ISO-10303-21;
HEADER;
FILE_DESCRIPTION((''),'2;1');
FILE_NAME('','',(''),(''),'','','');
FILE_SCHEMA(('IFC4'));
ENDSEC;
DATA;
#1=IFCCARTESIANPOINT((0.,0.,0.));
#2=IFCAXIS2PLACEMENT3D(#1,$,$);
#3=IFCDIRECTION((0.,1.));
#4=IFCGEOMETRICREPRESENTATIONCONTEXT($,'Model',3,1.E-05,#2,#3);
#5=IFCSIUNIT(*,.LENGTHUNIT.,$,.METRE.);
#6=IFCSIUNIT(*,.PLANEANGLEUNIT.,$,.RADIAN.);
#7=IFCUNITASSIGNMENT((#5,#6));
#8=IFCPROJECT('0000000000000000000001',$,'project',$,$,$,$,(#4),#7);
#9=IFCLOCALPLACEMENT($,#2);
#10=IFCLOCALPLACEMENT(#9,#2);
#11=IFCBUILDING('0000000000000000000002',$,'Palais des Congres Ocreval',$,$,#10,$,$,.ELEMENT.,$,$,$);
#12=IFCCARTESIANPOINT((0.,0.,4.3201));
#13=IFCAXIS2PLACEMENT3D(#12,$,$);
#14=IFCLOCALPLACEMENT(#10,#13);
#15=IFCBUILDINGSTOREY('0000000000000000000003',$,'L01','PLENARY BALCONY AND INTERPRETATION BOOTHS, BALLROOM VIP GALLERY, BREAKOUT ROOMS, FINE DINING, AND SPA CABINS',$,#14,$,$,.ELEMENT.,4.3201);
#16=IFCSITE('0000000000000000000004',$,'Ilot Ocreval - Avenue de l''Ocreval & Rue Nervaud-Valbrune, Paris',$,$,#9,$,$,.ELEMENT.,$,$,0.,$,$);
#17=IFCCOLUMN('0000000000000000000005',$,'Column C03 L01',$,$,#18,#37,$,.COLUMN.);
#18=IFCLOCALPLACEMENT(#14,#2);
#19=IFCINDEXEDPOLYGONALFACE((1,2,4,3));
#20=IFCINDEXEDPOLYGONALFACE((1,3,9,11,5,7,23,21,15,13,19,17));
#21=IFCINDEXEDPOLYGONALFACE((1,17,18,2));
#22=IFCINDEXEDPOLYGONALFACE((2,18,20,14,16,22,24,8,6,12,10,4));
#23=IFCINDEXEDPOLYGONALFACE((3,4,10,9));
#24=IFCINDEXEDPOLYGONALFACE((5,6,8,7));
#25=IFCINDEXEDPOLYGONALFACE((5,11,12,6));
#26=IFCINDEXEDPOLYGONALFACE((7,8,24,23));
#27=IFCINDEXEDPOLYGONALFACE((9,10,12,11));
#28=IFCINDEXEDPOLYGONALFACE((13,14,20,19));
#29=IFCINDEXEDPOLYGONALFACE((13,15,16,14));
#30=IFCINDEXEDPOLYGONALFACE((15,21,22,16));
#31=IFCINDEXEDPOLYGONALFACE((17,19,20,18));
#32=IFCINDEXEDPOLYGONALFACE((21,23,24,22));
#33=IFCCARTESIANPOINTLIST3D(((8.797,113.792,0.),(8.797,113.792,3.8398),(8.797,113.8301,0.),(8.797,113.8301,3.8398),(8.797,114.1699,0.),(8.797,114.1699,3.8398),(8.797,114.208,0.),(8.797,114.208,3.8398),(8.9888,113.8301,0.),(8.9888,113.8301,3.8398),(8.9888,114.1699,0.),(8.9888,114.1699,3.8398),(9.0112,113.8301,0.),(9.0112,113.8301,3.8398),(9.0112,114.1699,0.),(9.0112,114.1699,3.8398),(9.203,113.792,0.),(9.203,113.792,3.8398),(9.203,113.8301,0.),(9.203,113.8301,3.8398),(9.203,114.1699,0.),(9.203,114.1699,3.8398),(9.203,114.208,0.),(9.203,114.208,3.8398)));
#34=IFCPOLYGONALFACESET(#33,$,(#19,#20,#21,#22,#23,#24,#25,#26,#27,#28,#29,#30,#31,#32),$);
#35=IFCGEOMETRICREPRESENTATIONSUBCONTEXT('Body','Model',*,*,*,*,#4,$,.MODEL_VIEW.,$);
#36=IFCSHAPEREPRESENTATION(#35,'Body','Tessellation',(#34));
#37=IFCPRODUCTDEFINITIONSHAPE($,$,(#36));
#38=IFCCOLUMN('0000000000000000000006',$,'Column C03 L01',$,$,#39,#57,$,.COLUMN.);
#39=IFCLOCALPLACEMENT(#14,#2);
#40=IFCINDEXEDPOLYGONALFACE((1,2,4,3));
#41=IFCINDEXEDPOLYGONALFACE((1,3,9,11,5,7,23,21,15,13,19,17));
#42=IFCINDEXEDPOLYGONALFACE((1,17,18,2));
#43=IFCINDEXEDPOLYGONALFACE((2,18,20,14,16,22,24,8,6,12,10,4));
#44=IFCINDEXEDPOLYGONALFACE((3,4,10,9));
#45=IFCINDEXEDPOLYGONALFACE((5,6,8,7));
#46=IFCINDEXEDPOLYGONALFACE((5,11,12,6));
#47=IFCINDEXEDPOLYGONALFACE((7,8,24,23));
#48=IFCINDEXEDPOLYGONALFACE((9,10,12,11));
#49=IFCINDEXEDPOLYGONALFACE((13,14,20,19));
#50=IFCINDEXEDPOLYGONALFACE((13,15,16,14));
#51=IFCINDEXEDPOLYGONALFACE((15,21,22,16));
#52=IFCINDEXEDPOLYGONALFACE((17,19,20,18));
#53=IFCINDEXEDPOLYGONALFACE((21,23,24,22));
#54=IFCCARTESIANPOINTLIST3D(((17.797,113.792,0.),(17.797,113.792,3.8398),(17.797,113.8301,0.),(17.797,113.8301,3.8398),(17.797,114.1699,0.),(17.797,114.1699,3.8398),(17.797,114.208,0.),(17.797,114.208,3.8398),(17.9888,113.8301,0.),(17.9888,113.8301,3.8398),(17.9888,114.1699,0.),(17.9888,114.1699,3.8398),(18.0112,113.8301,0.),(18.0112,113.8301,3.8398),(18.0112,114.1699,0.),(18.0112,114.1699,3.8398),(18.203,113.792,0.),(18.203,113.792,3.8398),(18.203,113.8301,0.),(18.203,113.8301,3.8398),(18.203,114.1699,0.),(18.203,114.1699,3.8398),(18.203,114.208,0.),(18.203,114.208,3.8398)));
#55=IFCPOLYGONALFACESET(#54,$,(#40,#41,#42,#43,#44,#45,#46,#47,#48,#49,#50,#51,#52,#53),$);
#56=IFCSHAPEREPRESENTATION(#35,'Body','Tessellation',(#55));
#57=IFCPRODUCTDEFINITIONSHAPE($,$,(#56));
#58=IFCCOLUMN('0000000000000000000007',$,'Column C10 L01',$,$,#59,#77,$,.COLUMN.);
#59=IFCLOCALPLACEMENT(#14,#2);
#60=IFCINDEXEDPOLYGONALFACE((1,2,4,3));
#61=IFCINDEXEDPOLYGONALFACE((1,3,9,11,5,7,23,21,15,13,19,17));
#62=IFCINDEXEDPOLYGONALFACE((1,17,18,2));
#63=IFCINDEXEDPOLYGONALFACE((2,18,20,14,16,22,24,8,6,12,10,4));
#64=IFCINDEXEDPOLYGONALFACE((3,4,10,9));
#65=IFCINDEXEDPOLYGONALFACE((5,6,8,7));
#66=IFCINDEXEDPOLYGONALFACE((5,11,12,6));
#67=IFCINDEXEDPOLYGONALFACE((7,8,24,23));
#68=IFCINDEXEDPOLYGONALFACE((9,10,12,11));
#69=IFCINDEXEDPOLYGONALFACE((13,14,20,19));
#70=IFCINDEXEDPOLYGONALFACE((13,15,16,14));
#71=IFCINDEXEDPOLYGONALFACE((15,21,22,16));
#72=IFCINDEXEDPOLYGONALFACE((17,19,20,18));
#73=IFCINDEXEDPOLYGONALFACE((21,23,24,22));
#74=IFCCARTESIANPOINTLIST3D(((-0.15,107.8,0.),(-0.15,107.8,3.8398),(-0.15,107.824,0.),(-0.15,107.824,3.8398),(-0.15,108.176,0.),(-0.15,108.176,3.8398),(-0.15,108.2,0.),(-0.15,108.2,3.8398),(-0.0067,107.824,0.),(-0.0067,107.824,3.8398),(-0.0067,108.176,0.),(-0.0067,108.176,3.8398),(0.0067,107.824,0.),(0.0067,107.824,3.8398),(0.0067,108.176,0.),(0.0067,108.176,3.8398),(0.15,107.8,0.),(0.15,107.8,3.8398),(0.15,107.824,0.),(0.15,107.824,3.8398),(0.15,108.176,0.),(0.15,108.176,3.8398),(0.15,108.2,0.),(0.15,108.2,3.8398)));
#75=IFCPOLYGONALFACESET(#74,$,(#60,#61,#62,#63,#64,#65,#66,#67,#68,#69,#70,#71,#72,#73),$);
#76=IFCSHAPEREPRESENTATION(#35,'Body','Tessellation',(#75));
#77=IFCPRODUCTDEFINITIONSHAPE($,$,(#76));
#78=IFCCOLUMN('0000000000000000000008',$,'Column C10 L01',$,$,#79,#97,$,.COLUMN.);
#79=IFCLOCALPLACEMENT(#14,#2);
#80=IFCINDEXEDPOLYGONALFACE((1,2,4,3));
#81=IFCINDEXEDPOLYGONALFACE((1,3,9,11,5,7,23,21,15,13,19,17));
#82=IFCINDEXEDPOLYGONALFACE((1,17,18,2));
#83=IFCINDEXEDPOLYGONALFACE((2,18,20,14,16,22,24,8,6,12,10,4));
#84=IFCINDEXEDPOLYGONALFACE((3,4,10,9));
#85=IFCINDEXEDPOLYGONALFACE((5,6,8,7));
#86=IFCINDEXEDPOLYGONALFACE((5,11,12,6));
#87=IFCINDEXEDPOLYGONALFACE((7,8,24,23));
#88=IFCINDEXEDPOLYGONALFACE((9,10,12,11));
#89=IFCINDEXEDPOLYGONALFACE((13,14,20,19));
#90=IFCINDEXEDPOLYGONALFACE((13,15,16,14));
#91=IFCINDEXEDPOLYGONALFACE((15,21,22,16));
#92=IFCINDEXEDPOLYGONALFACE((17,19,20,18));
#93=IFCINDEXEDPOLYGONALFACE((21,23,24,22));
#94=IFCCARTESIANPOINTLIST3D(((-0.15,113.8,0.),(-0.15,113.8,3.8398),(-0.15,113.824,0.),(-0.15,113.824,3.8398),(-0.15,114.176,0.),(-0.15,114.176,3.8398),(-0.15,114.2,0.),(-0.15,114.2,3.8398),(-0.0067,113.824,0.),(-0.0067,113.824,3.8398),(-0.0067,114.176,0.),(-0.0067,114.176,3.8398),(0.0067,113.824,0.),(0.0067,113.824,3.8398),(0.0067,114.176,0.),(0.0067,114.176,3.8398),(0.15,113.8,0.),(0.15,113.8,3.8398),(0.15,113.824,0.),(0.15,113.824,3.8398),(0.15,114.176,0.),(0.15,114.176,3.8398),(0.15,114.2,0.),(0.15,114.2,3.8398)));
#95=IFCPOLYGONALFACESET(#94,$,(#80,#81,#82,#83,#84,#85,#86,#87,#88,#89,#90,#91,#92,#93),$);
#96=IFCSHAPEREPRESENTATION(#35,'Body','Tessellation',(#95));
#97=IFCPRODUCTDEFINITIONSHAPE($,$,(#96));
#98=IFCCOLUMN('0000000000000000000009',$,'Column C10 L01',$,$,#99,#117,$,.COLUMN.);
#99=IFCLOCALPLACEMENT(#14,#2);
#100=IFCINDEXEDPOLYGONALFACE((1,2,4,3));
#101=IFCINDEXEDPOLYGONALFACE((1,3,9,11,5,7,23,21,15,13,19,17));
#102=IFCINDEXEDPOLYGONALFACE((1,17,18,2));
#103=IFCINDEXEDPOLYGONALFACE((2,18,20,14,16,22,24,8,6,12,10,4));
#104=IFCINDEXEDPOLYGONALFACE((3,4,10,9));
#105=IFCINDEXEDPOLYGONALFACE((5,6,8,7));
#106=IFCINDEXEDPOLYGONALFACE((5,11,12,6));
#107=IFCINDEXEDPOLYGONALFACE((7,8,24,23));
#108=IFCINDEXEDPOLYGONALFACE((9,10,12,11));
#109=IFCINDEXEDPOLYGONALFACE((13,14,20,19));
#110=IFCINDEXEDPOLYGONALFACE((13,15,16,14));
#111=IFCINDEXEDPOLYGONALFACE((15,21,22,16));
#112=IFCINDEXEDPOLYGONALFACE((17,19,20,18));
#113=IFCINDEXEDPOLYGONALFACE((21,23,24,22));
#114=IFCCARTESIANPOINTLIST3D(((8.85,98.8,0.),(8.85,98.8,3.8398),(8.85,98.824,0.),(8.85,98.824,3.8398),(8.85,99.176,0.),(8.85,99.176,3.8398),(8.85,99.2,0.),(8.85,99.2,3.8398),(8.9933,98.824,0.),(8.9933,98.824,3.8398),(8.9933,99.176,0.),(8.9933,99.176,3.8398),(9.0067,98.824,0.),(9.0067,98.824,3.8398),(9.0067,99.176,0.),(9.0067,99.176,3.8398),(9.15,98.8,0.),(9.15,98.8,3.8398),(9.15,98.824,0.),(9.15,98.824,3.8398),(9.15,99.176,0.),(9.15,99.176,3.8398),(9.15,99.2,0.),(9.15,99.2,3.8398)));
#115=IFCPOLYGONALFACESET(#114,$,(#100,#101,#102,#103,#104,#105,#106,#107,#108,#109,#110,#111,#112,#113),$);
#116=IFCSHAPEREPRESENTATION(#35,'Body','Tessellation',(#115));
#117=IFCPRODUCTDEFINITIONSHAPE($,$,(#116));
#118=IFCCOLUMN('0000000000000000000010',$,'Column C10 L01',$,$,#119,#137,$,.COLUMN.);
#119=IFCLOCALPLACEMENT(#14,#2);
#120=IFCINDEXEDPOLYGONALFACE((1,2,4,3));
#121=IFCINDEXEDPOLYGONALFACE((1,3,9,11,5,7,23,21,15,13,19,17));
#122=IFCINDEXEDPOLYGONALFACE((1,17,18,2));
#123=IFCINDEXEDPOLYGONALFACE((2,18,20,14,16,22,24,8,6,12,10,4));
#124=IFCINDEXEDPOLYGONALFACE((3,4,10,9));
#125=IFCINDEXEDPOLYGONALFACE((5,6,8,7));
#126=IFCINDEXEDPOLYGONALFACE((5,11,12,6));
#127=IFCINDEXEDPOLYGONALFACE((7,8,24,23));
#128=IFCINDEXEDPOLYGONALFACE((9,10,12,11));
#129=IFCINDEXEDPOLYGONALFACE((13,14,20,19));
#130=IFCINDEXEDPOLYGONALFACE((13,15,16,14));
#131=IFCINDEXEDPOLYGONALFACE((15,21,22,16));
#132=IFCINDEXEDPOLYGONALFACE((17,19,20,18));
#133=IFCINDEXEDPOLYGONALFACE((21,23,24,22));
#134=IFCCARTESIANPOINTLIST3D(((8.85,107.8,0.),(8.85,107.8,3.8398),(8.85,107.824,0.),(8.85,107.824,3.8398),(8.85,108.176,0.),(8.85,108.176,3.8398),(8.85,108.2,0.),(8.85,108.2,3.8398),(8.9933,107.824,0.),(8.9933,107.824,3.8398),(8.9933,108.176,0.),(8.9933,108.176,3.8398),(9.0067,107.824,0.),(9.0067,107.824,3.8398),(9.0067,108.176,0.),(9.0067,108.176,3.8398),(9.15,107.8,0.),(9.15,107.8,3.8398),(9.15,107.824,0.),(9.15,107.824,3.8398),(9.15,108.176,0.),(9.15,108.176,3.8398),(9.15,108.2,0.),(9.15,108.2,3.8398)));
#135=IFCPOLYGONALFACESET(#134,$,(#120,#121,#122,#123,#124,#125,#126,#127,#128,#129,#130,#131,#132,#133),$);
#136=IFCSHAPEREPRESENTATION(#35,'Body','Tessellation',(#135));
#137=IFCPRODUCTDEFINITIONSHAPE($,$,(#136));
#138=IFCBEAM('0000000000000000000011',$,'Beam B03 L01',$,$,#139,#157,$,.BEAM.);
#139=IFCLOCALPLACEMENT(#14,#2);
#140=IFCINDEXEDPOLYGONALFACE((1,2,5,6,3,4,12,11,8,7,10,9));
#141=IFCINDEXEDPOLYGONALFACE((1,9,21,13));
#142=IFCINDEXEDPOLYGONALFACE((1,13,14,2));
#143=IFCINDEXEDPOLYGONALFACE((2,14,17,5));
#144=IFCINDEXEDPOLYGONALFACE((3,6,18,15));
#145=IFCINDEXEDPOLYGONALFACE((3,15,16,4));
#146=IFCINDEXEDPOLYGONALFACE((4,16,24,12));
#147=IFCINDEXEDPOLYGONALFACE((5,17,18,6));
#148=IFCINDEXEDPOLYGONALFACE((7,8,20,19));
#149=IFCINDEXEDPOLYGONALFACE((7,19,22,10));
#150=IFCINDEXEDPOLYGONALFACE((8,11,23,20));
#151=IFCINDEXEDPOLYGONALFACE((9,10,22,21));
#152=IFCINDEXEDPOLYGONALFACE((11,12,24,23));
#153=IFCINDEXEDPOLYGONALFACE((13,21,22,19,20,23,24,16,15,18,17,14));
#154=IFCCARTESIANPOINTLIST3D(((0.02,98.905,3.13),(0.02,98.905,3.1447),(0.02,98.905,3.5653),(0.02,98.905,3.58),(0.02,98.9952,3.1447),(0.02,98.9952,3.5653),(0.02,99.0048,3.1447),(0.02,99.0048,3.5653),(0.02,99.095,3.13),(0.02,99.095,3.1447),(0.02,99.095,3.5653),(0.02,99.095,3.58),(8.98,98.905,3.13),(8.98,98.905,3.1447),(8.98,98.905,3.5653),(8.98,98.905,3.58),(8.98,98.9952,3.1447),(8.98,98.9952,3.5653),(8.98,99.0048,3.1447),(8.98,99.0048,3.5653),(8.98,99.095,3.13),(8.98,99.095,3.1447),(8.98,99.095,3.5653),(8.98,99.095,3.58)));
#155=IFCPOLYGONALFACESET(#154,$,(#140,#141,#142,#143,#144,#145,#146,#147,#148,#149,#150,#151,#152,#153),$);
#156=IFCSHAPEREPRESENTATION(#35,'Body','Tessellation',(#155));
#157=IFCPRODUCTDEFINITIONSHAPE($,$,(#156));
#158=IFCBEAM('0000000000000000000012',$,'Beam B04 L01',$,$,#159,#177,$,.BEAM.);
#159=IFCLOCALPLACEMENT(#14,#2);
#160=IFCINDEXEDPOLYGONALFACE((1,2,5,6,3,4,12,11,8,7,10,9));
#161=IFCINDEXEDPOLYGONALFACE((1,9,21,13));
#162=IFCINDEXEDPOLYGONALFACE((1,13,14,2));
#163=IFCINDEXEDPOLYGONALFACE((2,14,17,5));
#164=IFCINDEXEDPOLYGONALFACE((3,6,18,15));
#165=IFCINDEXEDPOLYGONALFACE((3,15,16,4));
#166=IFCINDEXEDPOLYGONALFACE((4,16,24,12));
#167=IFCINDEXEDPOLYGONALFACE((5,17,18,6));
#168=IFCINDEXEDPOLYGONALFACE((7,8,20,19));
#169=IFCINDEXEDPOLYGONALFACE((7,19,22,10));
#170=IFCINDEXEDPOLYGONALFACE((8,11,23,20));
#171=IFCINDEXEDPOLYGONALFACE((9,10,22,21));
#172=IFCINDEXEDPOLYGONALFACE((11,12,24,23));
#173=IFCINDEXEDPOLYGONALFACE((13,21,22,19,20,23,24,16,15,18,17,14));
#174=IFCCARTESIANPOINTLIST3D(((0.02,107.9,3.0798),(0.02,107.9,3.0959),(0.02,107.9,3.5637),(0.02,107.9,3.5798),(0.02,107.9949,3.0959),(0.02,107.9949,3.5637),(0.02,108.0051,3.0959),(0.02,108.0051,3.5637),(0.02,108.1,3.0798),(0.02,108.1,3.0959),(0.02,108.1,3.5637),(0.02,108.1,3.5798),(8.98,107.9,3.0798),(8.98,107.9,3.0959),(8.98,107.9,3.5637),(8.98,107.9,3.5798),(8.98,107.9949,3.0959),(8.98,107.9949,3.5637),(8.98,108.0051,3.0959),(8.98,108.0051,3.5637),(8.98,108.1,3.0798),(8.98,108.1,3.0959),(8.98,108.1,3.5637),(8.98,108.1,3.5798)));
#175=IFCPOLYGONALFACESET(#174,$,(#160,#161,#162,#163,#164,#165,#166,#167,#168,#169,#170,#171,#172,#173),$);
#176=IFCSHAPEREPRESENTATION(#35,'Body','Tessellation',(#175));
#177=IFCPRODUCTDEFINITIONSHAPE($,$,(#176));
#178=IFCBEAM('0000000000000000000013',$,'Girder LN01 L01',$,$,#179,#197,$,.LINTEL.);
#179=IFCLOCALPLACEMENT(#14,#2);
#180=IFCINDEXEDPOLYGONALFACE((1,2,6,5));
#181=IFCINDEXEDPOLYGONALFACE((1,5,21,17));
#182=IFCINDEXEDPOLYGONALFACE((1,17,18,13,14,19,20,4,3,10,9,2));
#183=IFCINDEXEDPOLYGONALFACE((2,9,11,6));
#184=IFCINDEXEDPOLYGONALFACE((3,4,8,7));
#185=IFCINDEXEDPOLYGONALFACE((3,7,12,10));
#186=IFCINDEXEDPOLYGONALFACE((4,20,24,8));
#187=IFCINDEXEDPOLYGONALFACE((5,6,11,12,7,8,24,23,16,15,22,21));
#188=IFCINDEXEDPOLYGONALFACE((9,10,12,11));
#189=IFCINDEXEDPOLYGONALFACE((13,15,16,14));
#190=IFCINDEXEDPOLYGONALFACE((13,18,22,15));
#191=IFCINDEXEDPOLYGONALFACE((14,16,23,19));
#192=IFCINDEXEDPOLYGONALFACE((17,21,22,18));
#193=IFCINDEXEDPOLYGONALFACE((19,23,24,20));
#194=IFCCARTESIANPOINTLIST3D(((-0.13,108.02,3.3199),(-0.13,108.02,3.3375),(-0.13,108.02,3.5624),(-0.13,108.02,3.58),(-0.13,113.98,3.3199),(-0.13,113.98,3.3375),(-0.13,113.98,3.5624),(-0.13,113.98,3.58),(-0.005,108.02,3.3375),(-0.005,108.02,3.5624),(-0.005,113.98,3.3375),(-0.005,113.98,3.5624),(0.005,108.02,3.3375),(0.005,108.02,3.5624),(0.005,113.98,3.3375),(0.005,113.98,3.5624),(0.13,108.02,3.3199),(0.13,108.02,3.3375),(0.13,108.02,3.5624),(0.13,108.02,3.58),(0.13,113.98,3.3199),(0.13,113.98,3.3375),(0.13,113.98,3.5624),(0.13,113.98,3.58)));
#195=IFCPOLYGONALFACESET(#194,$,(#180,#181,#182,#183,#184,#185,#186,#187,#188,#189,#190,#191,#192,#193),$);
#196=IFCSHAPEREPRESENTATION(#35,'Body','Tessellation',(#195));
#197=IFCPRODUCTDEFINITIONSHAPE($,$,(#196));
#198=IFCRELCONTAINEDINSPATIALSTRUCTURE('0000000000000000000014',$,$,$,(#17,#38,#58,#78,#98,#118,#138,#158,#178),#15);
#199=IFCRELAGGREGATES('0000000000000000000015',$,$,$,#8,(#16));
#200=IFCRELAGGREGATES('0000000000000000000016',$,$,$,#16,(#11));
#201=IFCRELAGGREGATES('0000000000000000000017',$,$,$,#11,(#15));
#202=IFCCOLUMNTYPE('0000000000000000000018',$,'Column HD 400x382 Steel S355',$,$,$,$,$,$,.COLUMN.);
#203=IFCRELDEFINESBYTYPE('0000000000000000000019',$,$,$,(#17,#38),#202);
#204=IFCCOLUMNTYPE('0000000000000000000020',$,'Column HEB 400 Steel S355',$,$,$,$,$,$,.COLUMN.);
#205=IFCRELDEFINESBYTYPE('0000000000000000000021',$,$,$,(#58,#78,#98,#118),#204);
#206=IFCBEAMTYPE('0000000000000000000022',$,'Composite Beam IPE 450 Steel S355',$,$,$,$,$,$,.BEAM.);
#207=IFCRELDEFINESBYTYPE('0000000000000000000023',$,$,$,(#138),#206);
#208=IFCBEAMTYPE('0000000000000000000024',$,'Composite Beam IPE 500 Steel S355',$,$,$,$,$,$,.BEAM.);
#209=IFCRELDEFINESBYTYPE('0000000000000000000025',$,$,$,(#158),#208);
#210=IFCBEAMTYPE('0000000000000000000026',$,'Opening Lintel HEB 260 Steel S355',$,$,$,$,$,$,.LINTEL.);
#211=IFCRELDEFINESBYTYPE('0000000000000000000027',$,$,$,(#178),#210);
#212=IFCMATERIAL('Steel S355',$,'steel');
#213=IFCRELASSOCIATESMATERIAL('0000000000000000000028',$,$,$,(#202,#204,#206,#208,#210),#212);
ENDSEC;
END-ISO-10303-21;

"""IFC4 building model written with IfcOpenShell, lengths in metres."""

from ifc_helpers import new_model, si_unit, direction, frame, origin, origin_2d, place, context, subcontext, project, spatial, i_section, extrude, material, material_profile, profile_set, type_object, element, save


model = new_model("IFC4")

# Units and contexts
model_context = context("Model", 3, precision=1e-05, world=origin(), true_north=direction((0.0, 1.0)))
body_context = subcontext(model_context, "Body", "Model", "MODEL_VIEW")
ifc_project = project(units=[si_unit("LENGTHUNIT", "METRE"), si_unit("PLANEANGLEUNIT", "RADIAN")], contexts=[model_context])

# Site, building, storey
site_placement = place(None, origin())
site = spatial("IfcSite", under=ifc_project, at=site_placement, Name="Ilot Ocreval - Avenue de l'Ocreval & Rue Nervaud-Valbrune, Paris", CompositionType="ELEMENT", RefElevation=0.0)
building_placement = place(site_placement, origin())
building = spatial("IfcBuilding", under=site, at=building_placement, Name="Palais des Congres Ocreval", CompositionType="ELEMENT")
storey_placement = place(building_placement, frame((0.0, 0.0, 4.3201)))
storey = spatial("IfcBuildingStorey", under=building, at=storey_placement, Name="L01", Description="PLENARY BALCONY AND INTERPRETATION BOOTHS, BALLROOM VIP GALLERY, BREAKOUT ROOMS, FINE DINING, AND SPA CABINS", CompositionType="ELEMENT", Elevation=4.3201)

# Columns
ifc_material_1 = material(Name="Steel S355", Category="steel")
ifc_material_profile_1 = material_profile(ifc_material_1, i_section(OverallWidth=0.406, OverallDepth=0.416, WebThickness=0.0225, FlangeThickness=0.0381, at=origin_2d()), Name="HD 400x382")
ifc_profile_set_1 = profile_set([ifc_material_profile_1], Name="Steel S355")
column_type_1 = type_object("IfcColumnType", Name="Column HD 400x382 Steel S355", PredefinedType="COLUMN", material=ifc_profile_set_1)
for number, where, z_axis, x_axis, name in (
    (1, (9.0, 114.0, 0.0), (0.0, 0.0, 1.0), (1.0, 0.0, 0.0), "Column C03 L01"),
    (2, (18.0, 114.0, 0.0), (0.0, 0.0, 1.0), (1.0, 0.0, 0.0), "Column C03 L01"),
):
    element("IfcColumn", number, at=place(storey_placement, frame(where, z_axis=z_axis, x_axis=x_axis)), inside=storey, type_object=column_type_1, Name=name, PredefinedType="COLUMN", context=body_context, shape_type="SweptSolid", body=[
        extrude(i_section(OverallWidth=0.406, OverallDepth=0.416, WebThickness=0.0225, FlangeThickness=0.0381, at=origin_2d()), origin(), (0.0, 0.0, 1.0), 3.8398),
    ])
ifc_material_profile_2 = material_profile(ifc_material_1, i_section(OverallWidth=0.3, OverallDepth=0.3999, WebThickness=0.0134, FlangeThickness=0.0239, at=origin_2d()), Name="HEB 400")
ifc_profile_set_2 = profile_set([ifc_material_profile_2], Name="Steel S355")
column_type_2 = type_object("IfcColumnType", Name="Column HEB 400 Steel S355", PredefinedType="COLUMN", material=ifc_profile_set_2)
for number, where, z_axis, x_axis, name in (
    (3, (0.0, 108.0, 0.0), (0.0, 0.0, 1.0), (1.0, 0.0, 0.0), "Column C10 L01"),
    (4, (0.0, 114.0, 0.0), (0.0, 0.0, 1.0), (1.0, 0.0, 0.0), "Column C10 L01"),
    (5, (9.0, 99.0, 0.0), (0.0, 0.0, 1.0), (1.0, 0.0, 0.0), "Column C10 L01"),
    (6, (9.0, 108.0, 0.0), (0.0, 0.0, 1.0), (1.0, 0.0, 0.0), "Column C10 L01"),
):
    element("IfcColumn", number, at=place(storey_placement, frame(where, z_axis=z_axis, x_axis=x_axis)), inside=storey, type_object=column_type_2, Name=name, PredefinedType="COLUMN", context=body_context, shape_type="SweptSolid", body=[
        extrude(i_section(OverallWidth=0.3, OverallDepth=0.3999, WebThickness=0.0134, FlangeThickness=0.0239, at=origin_2d()), origin(), (0.0, 0.0, 1.0), 3.8398),
    ])

# Beams
ifc_material_profile_3 = material_profile(ifc_material_1, i_section(OverallWidth=0.1899, OverallDepth=0.45, WebThickness=0.0095, FlangeThickness=0.0146, at=origin_2d()), Name="IPE 450")
ifc_profile_set_3 = profile_set([ifc_material_profile_3], Name="Steel S355")
beam_type_1 = type_object("IfcBeamType", Name="Composite Beam IPE 450 Steel S355", PredefinedType="BEAM", material=ifc_profile_set_3)
beam_1_placement = place(storey_placement, frame((0.02, 99.0, 3.355), z_axis=(1.0, 0.0, 0.0), x_axis=(0.0, 1.0, 0.0)))
element("IfcBeam", 7, at=beam_1_placement, inside=storey, type_object=beam_type_1, Name="Beam B03 L01", PredefinedType="BEAM", context=body_context, shape_type="SweptSolid", body=[
    extrude(i_section(OverallWidth=0.1899, OverallDepth=0.45, WebThickness=0.0095, FlangeThickness=0.0146, at=origin_2d()), origin(), (0.0, 0.0, 1.0), 8.96),
])
ifc_material_profile_4 = material_profile(ifc_material_1, i_section(OverallWidth=0.2, OverallDepth=0.5, WebThickness=0.0103, FlangeThickness=0.0161, at=origin_2d()), Name="IPE 500")
ifc_profile_set_4 = profile_set([ifc_material_profile_4], Name="Steel S355")
beam_type_2 = type_object("IfcBeamType", Name="Composite Beam IPE 500 Steel S355", PredefinedType="BEAM", material=ifc_profile_set_4)
beam_2_placement = place(storey_placement, frame((0.02, 108.0, 3.3298), z_axis=(1.0, 0.0, 0.0), x_axis=(0.0, 1.0, 0.0)))
element("IfcBeam", 8, at=beam_2_placement, inside=storey, type_object=beam_type_2, Name="Beam B04 L01", PredefinedType="BEAM", context=body_context, shape_type="SweptSolid", body=[
    extrude(i_section(OverallWidth=0.2, OverallDepth=0.5, WebThickness=0.0103, FlangeThickness=0.0161, at=origin_2d()), origin(), (0.0, 0.0, 1.0), 8.96),
])
ifc_material_profile_5 = material_profile(ifc_material_1, i_section(OverallWidth=0.26, OverallDepth=0.26, WebThickness=0.01, FlangeThickness=0.0176, at=origin_2d()), Name="HEB 260")
ifc_profile_set_5 = profile_set([ifc_material_profile_5], Name="Steel S355")
beam_type_3 = type_object("IfcBeamType", Name="Opening Lintel HEB 260 Steel S355", PredefinedType="LINTEL", material=ifc_profile_set_5)
beam_3_placement = place(storey_placement, frame((0.0, 108.02, 3.45), z_axis=(0.0, 1.0, 0.0), x_axis=(-1.0, 0.0, 0.0)))
element("IfcBeam", 9, at=beam_3_placement, inside=storey, type_object=beam_type_3, Name="Girder LN01 L01", PredefinedType="LINTEL", context=body_context, shape_type="SweptSolid", body=[
    extrude(i_section(OverallWidth=0.26, OverallDepth=0.26, WebThickness=0.01, FlangeThickness=0.0176, at=origin_2d()), origin(), (0.0, 0.0, 1.0), 5.96),
])

save(model, "model.ifc")
